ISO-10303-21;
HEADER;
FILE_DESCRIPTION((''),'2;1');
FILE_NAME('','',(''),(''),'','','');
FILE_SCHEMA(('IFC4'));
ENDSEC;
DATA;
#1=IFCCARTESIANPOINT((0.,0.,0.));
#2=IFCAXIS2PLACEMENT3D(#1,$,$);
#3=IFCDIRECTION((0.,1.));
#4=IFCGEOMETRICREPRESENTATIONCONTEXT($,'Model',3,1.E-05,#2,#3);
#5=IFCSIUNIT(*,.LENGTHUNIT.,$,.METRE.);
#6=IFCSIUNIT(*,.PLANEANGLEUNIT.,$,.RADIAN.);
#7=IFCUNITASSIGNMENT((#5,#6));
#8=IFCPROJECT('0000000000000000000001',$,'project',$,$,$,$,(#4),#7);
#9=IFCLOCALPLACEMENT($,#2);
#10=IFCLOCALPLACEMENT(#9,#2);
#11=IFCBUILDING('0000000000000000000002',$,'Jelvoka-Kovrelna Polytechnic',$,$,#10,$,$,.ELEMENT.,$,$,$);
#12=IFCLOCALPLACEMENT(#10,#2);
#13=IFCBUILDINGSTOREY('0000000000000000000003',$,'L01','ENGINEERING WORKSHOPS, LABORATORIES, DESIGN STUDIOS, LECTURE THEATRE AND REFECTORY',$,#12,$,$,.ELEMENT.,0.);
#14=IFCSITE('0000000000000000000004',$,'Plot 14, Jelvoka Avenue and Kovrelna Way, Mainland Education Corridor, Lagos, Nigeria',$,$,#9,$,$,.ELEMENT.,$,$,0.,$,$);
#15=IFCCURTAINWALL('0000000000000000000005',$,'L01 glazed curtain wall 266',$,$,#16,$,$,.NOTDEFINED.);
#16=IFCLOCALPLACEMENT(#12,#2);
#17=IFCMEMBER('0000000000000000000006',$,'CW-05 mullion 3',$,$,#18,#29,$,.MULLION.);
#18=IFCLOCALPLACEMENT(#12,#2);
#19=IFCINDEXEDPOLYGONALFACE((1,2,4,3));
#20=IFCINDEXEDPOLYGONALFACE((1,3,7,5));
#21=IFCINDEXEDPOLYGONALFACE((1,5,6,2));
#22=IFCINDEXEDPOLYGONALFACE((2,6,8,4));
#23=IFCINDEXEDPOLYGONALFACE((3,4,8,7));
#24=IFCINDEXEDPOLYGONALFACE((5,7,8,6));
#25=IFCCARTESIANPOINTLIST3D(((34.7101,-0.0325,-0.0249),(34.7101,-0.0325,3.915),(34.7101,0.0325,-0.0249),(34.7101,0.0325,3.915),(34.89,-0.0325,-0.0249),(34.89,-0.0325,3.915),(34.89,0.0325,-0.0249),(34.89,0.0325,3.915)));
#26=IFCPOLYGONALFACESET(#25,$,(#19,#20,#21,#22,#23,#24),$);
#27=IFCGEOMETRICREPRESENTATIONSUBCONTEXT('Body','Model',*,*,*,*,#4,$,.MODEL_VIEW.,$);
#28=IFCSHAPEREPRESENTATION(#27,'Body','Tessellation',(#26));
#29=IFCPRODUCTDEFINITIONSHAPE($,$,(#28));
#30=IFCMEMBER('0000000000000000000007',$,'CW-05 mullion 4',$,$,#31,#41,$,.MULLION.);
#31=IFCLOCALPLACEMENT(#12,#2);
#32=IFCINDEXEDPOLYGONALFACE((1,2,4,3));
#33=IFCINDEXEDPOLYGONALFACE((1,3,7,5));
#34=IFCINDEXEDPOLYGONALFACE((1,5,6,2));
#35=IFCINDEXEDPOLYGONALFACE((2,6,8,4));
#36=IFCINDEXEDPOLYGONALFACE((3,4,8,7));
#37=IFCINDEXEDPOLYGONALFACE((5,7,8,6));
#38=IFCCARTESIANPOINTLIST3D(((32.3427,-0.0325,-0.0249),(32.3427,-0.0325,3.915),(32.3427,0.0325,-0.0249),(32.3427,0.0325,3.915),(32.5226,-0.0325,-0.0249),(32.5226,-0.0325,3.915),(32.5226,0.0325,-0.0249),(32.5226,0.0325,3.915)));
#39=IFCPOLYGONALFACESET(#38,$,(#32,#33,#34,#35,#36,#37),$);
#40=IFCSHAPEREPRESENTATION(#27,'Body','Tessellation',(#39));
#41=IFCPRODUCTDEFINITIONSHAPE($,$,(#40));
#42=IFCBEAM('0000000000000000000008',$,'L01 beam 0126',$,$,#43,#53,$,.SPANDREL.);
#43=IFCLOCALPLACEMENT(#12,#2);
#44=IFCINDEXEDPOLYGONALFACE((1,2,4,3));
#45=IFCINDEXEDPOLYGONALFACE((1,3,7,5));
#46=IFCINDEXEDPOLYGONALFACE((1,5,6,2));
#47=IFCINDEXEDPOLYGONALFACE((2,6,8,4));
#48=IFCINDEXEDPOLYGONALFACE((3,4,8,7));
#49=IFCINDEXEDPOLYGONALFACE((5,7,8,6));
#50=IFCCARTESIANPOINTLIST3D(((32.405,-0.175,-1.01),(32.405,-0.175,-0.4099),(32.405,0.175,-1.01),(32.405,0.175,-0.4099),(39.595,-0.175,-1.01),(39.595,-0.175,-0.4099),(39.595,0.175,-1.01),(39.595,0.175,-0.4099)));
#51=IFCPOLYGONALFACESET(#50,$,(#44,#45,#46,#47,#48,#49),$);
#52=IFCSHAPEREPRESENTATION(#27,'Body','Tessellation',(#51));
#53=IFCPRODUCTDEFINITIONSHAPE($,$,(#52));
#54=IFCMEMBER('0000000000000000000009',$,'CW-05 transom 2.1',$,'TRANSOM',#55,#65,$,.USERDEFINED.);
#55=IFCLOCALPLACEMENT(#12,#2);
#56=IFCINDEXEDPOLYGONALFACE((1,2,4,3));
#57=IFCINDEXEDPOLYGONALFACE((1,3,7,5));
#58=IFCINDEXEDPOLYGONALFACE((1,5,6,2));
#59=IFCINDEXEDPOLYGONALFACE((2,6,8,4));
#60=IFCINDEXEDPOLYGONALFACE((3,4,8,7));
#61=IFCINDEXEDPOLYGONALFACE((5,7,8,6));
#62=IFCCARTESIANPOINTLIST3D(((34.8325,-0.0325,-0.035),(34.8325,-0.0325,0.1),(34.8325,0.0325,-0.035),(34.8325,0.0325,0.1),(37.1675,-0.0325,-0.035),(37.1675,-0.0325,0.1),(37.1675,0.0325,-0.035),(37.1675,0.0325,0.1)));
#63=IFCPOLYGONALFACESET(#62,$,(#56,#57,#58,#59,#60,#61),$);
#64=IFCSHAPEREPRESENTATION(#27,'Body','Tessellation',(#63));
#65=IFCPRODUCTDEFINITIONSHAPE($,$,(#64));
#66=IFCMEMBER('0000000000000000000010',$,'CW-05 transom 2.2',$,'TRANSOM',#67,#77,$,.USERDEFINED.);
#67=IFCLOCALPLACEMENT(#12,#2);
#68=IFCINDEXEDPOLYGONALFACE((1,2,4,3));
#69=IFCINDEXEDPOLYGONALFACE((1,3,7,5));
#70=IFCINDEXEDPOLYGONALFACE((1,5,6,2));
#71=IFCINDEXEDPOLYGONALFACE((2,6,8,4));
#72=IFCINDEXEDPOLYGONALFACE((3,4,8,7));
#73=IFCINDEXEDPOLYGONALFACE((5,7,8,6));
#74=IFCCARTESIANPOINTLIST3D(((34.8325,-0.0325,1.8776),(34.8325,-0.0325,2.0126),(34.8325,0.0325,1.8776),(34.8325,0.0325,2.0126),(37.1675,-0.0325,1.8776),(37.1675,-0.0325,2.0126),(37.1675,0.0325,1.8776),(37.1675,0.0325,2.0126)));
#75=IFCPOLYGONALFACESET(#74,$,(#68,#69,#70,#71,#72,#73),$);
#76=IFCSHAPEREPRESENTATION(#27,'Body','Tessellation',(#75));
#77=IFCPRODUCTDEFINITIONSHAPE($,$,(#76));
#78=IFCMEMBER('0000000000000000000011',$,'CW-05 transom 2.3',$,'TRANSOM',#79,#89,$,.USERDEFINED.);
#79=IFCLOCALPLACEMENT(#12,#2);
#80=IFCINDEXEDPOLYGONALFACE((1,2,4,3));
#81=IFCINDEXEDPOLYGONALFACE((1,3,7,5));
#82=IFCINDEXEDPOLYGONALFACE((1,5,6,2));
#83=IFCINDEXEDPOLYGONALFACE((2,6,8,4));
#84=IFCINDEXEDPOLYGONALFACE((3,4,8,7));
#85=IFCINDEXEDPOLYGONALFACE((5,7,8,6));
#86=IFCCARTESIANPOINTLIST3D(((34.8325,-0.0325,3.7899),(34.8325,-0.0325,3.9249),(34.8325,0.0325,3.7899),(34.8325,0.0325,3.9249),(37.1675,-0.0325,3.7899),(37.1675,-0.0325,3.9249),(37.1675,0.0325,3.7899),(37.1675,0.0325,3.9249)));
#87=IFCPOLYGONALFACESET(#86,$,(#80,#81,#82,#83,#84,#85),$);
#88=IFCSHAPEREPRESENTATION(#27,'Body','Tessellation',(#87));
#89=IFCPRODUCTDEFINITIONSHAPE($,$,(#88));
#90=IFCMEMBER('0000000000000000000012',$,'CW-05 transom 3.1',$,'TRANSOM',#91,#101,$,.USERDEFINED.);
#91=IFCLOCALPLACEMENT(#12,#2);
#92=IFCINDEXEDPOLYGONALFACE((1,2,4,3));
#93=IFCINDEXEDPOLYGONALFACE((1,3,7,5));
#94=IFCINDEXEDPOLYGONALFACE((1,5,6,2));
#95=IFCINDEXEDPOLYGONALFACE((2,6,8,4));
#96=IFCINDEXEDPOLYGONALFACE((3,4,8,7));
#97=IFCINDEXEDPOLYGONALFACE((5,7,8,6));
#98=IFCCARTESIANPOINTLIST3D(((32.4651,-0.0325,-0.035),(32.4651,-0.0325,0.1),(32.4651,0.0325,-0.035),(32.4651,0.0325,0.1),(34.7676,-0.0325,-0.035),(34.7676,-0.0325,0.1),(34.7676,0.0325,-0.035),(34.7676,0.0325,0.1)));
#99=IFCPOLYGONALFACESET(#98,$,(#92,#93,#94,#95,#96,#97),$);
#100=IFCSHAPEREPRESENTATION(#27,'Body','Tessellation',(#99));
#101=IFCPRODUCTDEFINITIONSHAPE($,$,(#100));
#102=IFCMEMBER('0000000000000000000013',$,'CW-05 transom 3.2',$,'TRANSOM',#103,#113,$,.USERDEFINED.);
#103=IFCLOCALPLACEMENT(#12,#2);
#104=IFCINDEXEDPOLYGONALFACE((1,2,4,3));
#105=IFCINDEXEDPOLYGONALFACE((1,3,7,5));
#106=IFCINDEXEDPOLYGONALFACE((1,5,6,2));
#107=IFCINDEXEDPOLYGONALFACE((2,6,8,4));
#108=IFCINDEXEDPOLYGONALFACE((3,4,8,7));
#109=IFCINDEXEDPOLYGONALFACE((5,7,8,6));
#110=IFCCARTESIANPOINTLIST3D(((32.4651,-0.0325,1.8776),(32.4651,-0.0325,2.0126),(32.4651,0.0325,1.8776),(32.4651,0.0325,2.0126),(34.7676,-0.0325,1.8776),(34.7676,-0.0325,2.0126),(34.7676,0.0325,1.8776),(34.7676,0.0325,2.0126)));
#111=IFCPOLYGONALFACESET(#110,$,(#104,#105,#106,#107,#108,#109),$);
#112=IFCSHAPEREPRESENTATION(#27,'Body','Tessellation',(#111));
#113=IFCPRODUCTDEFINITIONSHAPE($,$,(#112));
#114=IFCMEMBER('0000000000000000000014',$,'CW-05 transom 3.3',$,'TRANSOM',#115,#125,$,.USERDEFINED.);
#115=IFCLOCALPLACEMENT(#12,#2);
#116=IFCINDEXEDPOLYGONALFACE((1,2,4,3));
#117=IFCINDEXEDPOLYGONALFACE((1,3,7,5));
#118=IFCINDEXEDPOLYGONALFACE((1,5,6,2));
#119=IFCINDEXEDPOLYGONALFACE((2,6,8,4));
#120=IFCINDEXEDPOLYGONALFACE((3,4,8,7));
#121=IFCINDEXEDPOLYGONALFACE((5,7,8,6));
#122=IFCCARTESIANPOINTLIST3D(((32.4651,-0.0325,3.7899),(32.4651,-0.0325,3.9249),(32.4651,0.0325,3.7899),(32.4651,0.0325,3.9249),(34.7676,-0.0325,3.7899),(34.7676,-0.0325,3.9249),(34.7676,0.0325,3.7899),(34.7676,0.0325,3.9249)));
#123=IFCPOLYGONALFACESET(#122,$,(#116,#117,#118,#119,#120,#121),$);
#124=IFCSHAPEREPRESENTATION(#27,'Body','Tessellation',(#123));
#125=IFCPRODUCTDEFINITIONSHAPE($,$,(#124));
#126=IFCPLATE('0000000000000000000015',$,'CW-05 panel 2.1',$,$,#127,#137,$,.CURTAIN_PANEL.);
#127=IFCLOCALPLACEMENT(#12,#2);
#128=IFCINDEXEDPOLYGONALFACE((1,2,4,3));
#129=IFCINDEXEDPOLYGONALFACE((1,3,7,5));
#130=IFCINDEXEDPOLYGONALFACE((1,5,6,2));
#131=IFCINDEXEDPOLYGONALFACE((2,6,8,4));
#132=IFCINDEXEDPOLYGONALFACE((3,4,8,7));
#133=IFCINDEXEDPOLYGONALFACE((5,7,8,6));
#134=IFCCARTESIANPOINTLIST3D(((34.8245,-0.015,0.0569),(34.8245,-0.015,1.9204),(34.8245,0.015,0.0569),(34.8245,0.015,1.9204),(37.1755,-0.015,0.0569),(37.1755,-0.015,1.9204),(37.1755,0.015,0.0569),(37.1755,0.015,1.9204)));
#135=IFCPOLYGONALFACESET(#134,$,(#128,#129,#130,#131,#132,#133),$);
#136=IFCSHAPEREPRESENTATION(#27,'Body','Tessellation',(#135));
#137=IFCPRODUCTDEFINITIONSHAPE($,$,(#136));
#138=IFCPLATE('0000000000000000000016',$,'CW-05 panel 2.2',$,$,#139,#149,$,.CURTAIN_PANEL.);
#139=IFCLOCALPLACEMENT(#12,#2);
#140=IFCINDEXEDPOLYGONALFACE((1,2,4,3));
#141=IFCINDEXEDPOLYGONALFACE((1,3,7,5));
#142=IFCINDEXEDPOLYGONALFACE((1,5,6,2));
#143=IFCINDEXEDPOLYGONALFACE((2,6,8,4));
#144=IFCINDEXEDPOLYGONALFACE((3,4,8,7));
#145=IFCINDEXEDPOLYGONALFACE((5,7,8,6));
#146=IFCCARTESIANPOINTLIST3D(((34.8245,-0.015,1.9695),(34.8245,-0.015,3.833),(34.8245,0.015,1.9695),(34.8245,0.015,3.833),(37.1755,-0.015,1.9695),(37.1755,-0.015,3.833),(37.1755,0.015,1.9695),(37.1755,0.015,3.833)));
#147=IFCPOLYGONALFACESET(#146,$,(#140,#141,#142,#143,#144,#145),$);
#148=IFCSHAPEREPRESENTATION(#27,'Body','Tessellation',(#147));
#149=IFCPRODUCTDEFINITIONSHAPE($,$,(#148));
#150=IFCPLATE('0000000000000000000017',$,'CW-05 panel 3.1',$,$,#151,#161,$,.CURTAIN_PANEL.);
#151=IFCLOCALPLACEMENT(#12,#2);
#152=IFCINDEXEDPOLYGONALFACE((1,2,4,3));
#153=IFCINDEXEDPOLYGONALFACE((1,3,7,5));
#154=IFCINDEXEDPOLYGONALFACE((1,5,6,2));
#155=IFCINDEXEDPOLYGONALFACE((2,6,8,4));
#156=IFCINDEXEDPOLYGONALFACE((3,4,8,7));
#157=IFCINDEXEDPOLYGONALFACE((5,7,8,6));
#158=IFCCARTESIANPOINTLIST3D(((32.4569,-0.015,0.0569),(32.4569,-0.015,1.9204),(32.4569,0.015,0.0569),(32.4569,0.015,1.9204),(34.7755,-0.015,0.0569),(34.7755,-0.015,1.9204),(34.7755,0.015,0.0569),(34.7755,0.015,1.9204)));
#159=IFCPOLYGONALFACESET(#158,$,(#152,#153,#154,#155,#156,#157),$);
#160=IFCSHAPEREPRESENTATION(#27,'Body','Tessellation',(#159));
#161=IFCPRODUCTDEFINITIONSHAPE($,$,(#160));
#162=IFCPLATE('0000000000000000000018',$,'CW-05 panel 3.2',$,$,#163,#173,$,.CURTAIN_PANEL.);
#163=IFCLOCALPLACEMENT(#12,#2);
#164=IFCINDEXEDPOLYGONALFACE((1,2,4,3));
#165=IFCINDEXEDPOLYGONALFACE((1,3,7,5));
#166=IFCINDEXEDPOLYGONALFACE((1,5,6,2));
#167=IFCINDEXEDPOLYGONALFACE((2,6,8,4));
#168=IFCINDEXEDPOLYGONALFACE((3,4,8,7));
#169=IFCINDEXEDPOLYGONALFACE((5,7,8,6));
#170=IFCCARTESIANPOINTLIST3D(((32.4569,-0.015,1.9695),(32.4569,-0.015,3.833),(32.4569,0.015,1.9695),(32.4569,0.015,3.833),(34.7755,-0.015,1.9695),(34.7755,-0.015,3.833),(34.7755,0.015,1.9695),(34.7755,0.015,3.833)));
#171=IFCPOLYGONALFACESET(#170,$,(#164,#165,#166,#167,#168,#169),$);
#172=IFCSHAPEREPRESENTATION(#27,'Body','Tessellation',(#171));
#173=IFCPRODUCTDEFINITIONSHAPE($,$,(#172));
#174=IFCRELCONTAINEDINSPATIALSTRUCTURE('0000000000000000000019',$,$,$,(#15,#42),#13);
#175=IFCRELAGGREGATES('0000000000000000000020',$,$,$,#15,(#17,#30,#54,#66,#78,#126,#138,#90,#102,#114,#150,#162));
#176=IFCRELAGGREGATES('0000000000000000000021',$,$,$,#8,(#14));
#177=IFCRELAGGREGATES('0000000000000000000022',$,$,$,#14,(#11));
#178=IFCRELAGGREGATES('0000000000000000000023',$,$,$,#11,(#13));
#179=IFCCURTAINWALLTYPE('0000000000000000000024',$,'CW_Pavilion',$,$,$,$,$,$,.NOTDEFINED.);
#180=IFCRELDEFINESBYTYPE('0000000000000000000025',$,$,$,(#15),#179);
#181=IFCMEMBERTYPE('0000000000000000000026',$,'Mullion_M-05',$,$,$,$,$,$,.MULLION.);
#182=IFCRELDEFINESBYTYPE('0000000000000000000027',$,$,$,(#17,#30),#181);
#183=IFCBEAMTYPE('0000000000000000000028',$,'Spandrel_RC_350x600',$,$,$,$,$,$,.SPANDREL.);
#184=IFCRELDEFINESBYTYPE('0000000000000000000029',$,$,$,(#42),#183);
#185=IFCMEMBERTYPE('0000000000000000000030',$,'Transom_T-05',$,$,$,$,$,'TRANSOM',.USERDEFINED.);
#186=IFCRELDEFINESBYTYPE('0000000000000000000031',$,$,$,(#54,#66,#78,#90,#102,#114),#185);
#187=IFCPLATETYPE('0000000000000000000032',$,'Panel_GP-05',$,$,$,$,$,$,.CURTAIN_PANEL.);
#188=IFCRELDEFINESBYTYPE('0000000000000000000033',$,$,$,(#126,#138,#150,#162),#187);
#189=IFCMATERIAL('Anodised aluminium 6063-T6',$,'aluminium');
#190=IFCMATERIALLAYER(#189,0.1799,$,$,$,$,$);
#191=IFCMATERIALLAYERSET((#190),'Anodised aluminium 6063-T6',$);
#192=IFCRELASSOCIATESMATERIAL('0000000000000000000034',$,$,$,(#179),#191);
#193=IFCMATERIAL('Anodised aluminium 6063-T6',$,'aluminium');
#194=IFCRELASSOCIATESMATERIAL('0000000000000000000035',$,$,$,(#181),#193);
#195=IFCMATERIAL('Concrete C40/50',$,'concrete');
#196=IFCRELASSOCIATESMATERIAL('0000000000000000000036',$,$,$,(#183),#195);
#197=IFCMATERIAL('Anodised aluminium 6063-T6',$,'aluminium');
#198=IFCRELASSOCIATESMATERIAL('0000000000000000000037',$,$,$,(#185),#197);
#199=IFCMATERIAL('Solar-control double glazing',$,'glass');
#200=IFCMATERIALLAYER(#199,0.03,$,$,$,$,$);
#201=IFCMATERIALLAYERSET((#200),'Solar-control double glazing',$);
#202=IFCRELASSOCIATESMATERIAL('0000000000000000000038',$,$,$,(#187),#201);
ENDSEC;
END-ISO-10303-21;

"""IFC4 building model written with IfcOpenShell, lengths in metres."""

from ifc_helpers import new_model, si_unit, direction, frame, origin, origin_2d, place, context, subcontext, project, spatial, rectangle, extrude, material, layer, layer_set, material_profile, profile_set, type_object, element, aggregate, save


model = new_model("IFC4")

# Units and contexts
model_context = context("Model", 3, precision=1e-05, world=origin(), true_north=direction((0.0, 1.0)))
body_context = subcontext(model_context, "Body", "Model", "MODEL_VIEW")
ifc_project = project(units=[si_unit("LENGTHUNIT", "METRE"), si_unit("PLANEANGLEUNIT", "RADIAN")], contexts=[model_context])

# Site, building, storey
site_placement = place(None, origin())
site = spatial("IfcSite", under=ifc_project, at=site_placement, Name="Plot 14, Jelvoka Avenue and Kovrelna Way, Mainland Education Corridor, Lagos, Nigeria", CompositionType="ELEMENT", RefElevation=0.0)
building_placement = place(site_placement, origin())
building = spatial("IfcBuilding", under=site, at=building_placement, Name="Jelvoka-Kovrelna Polytechnic", CompositionType="ELEMENT")
storey_placement = place(building_placement, origin())
storey = spatial("IfcBuildingStorey", under=building, at=storey_placement, Name="L01", Description="ENGINEERING WORKSHOPS, LABORATORIES, DESIGN STUDIOS, LECTURE THEATRE AND REFECTORY", CompositionType="ELEMENT", Elevation=0.0)

# Curtain wall, members
ifc_material_1 = material(Name="Anodised aluminium 6063-T6", Category="aluminium")
ifc_layer_1 = layer(ifc_material_1, 0.1799)
ifc_layer_set_1 = layer_set([ifc_layer_1], Name="Anodised aluminium 6063-T6")
curtain_wall_type = type_object("IfcCurtainWallType", Name="CW_Pavilion", PredefinedType="NOTDEFINED", material=ifc_layer_set_1)
curtain_wall_placement = place(storey_placement, origin())
curtain_wall = element("IfcCurtainWall", 1, at=curtain_wall_placement, inside=storey, type_object=curtain_wall_type, Name="L01 glazed curtain wall 266", PredefinedType="NOTDEFINED")
ifc_material_2 = material(Name="Anodised aluminium 6063-T6", Category="aluminium")
ifc_material_profile_1 = material_profile(ifc_material_2, rectangle(XDim=0.0649, YDim=0.1799, at=origin_2d()), Name="ALU 65x180")
ifc_profile_set_1 = profile_set([ifc_material_profile_1], Name="Anodised aluminium 6063-T6")
member_type_1 = type_object("IfcMemberType", Name="Mullion_M-05", PredefinedType="MULLION", material=ifc_profile_set_1)
member_1_placement = place(storey_placement, frame((34.8, 0.0, -0.0249), z_axis=(0.0, 0.0, 1.0), x_axis=(0.0, -1.0, 0.0)))
member_1 = element("IfcMember", 2, at=member_1_placement, type_object=member_type_1, Name="CW-05 mullion 3", PredefinedType="MULLION", context=body_context, shape_type="SweptSolid", body=[
    extrude(rectangle(XDim=0.0649, YDim=0.1799, at=origin_2d()), origin(), (0.0, 0.0, 1.0), 3.9399),
])
member_2_placement = place(storey_placement, frame((32.4326, 0.0, -0.0249), z_axis=(0.0, 0.0, 1.0), x_axis=(0.0, -1.0, 0.0)))
member_2 = element("IfcMember", 3, at=member_2_placement, type_object=member_type_1, Name="CW-05 mullion 4", PredefinedType="MULLION", context=body_context, shape_type="SweptSolid", body=[
    extrude(rectangle(XDim=0.0649, YDim=0.1799, at=origin_2d()), origin(), (0.0, 0.0, 1.0), 3.9399),
])

# Beam
ifc_material_3 = material(Name="Concrete C40/50", Category="concrete")
ifc_material_profile_2 = material_profile(ifc_material_3, rectangle(XDim=0.3501, YDim=0.6001, at=origin_2d()), Name="RC 350x600")
ifc_profile_set_2 = profile_set([ifc_material_profile_2], Name="Concrete C40/50")
beam_type_1 = type_object("IfcBeamType", Name="Spandrel_RC_350x600", PredefinedType="SPANDREL", material=ifc_profile_set_2)
beam_1_placement = place(storey_placement, frame((32.405, 0.0, -0.71), z_axis=(1.0, 0.0, 0.0), x_axis=(0.0, 1.0, 0.0)))
element("IfcBeam", 4, at=beam_1_placement, inside=storey, type_object=beam_type_1, Name="L01 beam 0126", PredefinedType="SPANDREL", context=body_context, shape_type="SweptSolid", body=[
    extrude(rectangle(XDim=0.3501, YDim=0.6001, at=origin_2d()), origin(), (0.0, 0.0, 1.0), 7.1899),
])

# Members
ifc_material_4 = material(Name="Anodised aluminium 6063-T6", Category="aluminium")
ifc_material_profile_3 = material_profile(ifc_material_4, rectangle(XDim=0.0649, YDim=0.135, at=origin_2d()), Name="ALU 65x135")
ifc_profile_set_3 = profile_set([ifc_material_profile_3], Name="Anodised aluminium 6063-T6")
member_type_2 = type_object("IfcMemberType", Name="Transom_T-05", ElementType="TRANSOM", PredefinedType="USERDEFINED", material=ifc_profile_set_3)
member_3_placement = place(storey_placement, frame((37.1675, 0.0, 0.0325), z_axis=(-1.0, 0.0, 0.0), x_axis=(0.0, -1.0, 0.0)))
member_3 = element("IfcMember", 5, at=member_3_placement, type_object=member_type_2, Name="CW-05 transom 2.1", ObjectType="TRANSOM", PredefinedType="USERDEFINED", context=body_context, shape_type="SweptSolid", body=[
    extrude(rectangle(XDim=0.0649, YDim=0.135, at=origin_2d()), origin(), (0.0, 0.0, 1.0), 2.335),
])
member_4_placement = place(storey_placement, frame((37.1675, 0.0, 1.9451), z_axis=(-1.0, 0.0, 0.0), x_axis=(0.0, -1.0, 0.0)))
member_4 = element("IfcMember", 6, at=member_4_placement, type_object=member_type_2, Name="CW-05 transom 2.2", ObjectType="TRANSOM", PredefinedType="USERDEFINED", context=body_context, shape_type="SweptSolid", body=[
    extrude(rectangle(XDim=0.0649, YDim=0.135, at=origin_2d()), origin(), (0.0, 0.0, 1.0), 2.335),
])
member_5_placement = place(storey_placement, frame((37.1675, 0.0, 3.8574), z_axis=(-1.0, 0.0, 0.0), x_axis=(0.0, -1.0, 0.0)))
member_5 = element("IfcMember", 7, at=member_5_placement, type_object=member_type_2, Name="CW-05 transom 2.3", ObjectType="TRANSOM", PredefinedType="USERDEFINED", context=body_context, shape_type="SweptSolid", body=[
    extrude(rectangle(XDim=0.0649, YDim=0.135, at=origin_2d()), origin(), (0.0, 0.0, 1.0), 2.335),
])
member_6_placement = place(storey_placement, frame((34.7676, 0.0, 0.0325), z_axis=(-1.0, 0.0, 0.0), x_axis=(0.0, -1.0, 0.0)))
member_6 = element("IfcMember", 8, at=member_6_placement, type_object=member_type_2, Name="CW-05 transom 3.1", ObjectType="TRANSOM", PredefinedType="USERDEFINED", context=body_context, shape_type="SweptSolid", body=[
    extrude(rectangle(XDim=0.0649, YDim=0.135, at=origin_2d()), origin(), (0.0, 0.0, 1.0), 2.3025),
])
member_7_placement = place(storey_placement, frame((34.7676, 0.0, 1.9451), z_axis=(-1.0, 0.0, 0.0), x_axis=(0.0, -1.0, 0.0)))
member_7 = element("IfcMember", 9, at=member_7_placement, type_object=member_type_2, Name="CW-05 transom 3.2", ObjectType="TRANSOM", PredefinedType="USERDEFINED", context=body_context, shape_type="SweptSolid", body=[
    extrude(rectangle(XDim=0.0649, YDim=0.135, at=origin_2d()), origin(), (0.0, 0.0, 1.0), 2.3025),
])
member_8_placement = place(storey_placement, frame((34.7676, 0.0, 3.8574), z_axis=(-1.0, 0.0, 0.0), x_axis=(0.0, -1.0, 0.0)))
member_8 = element("IfcMember", 10, at=member_8_placement, type_object=member_type_2, Name="CW-05 transom 3.3", ObjectType="TRANSOM", PredefinedType="USERDEFINED", context=body_context, shape_type="SweptSolid", body=[
    extrude(rectangle(XDim=0.0649, YDim=0.135, at=origin_2d()), origin(), (0.0, 0.0, 1.0), 2.3025),
])

# Plates
ifc_material_5 = material(Name="Solar-control double glazing", Category="glass")
ifc_layer_2 = layer(ifc_material_5, 0.03)
ifc_layer_set_2 = layer_set([ifc_layer_2], Name="Solar-control double glazing")
plate_type = type_object("IfcPlateType", Name="Panel_GP-05", PredefinedType="CURTAIN_PANEL", material=ifc_layer_set_2)
plate_1_placement = place(storey_placement, frame((36.0, 0.0, 0.0569), z_axis=(0.0, 0.0, 1.0), x_axis=(-1.0, 0.0, 0.0)))
plate_1 = element("IfcPlate", 11, at=plate_1_placement, type_object=plate_type, Name="CW-05 panel 2.1", PredefinedType="CURTAIN_PANEL", context=body_context, shape_type="SweptSolid", body=[
    extrude(rectangle(XDim=2.3511, YDim=0.03, at=origin_2d()), origin(), (0.0, 0.0, 1.0), 1.8635),
])
plate_2_placement = place(storey_placement, frame((36.0, 0.0, 1.9695), z_axis=(0.0, 0.0, 1.0), x_axis=(-1.0, 0.0, 0.0)))
plate_2 = element("IfcPlate", 12, at=plate_2_placement, type_object=plate_type, Name="CW-05 panel 2.2", PredefinedType="CURTAIN_PANEL", context=body_context, shape_type="SweptSolid", body=[
    extrude(rectangle(XDim=2.3511, YDim=0.03, at=origin_2d()), origin(), (0.0, 0.0, 1.0), 1.8635),
])
plate_3_placement = place(storey_placement, frame((33.6162, 0.0, 0.0569), z_axis=(0.0, 0.0, 1.0), x_axis=(-1.0, 0.0, 0.0)))
plate_3 = element("IfcPlate", 13, at=plate_3_placement, type_object=plate_type, Name="CW-05 panel 3.1", PredefinedType="CURTAIN_PANEL", context=body_context, shape_type="SweptSolid", body=[
    extrude(rectangle(XDim=2.3186, YDim=0.03, at=origin_2d()), origin(), (0.0, 0.0, 1.0), 1.8635),
])
plate_4_placement = place(storey_placement, frame((33.6162, 0.0, 1.9695), z_axis=(0.0, 0.0, 1.0), x_axis=(-1.0, 0.0, 0.0)))
plate_4 = element("IfcPlate", 14, at=plate_4_placement, type_object=plate_type, Name="CW-05 panel 3.2", PredefinedType="CURTAIN_PANEL", context=body_context, shape_type="SweptSolid", body=[
    extrude(rectangle(XDim=2.3186, YDim=0.03, at=origin_2d()), origin(), (0.0, 0.0, 1.0), 1.8635),
])
aggregate(curtain_wall, [member_1, member_2, member_3, member_4, member_5, plate_1, plate_2, member_6, member_7, member_8, plate_3, plate_4])

save(model, "model.ifc")
